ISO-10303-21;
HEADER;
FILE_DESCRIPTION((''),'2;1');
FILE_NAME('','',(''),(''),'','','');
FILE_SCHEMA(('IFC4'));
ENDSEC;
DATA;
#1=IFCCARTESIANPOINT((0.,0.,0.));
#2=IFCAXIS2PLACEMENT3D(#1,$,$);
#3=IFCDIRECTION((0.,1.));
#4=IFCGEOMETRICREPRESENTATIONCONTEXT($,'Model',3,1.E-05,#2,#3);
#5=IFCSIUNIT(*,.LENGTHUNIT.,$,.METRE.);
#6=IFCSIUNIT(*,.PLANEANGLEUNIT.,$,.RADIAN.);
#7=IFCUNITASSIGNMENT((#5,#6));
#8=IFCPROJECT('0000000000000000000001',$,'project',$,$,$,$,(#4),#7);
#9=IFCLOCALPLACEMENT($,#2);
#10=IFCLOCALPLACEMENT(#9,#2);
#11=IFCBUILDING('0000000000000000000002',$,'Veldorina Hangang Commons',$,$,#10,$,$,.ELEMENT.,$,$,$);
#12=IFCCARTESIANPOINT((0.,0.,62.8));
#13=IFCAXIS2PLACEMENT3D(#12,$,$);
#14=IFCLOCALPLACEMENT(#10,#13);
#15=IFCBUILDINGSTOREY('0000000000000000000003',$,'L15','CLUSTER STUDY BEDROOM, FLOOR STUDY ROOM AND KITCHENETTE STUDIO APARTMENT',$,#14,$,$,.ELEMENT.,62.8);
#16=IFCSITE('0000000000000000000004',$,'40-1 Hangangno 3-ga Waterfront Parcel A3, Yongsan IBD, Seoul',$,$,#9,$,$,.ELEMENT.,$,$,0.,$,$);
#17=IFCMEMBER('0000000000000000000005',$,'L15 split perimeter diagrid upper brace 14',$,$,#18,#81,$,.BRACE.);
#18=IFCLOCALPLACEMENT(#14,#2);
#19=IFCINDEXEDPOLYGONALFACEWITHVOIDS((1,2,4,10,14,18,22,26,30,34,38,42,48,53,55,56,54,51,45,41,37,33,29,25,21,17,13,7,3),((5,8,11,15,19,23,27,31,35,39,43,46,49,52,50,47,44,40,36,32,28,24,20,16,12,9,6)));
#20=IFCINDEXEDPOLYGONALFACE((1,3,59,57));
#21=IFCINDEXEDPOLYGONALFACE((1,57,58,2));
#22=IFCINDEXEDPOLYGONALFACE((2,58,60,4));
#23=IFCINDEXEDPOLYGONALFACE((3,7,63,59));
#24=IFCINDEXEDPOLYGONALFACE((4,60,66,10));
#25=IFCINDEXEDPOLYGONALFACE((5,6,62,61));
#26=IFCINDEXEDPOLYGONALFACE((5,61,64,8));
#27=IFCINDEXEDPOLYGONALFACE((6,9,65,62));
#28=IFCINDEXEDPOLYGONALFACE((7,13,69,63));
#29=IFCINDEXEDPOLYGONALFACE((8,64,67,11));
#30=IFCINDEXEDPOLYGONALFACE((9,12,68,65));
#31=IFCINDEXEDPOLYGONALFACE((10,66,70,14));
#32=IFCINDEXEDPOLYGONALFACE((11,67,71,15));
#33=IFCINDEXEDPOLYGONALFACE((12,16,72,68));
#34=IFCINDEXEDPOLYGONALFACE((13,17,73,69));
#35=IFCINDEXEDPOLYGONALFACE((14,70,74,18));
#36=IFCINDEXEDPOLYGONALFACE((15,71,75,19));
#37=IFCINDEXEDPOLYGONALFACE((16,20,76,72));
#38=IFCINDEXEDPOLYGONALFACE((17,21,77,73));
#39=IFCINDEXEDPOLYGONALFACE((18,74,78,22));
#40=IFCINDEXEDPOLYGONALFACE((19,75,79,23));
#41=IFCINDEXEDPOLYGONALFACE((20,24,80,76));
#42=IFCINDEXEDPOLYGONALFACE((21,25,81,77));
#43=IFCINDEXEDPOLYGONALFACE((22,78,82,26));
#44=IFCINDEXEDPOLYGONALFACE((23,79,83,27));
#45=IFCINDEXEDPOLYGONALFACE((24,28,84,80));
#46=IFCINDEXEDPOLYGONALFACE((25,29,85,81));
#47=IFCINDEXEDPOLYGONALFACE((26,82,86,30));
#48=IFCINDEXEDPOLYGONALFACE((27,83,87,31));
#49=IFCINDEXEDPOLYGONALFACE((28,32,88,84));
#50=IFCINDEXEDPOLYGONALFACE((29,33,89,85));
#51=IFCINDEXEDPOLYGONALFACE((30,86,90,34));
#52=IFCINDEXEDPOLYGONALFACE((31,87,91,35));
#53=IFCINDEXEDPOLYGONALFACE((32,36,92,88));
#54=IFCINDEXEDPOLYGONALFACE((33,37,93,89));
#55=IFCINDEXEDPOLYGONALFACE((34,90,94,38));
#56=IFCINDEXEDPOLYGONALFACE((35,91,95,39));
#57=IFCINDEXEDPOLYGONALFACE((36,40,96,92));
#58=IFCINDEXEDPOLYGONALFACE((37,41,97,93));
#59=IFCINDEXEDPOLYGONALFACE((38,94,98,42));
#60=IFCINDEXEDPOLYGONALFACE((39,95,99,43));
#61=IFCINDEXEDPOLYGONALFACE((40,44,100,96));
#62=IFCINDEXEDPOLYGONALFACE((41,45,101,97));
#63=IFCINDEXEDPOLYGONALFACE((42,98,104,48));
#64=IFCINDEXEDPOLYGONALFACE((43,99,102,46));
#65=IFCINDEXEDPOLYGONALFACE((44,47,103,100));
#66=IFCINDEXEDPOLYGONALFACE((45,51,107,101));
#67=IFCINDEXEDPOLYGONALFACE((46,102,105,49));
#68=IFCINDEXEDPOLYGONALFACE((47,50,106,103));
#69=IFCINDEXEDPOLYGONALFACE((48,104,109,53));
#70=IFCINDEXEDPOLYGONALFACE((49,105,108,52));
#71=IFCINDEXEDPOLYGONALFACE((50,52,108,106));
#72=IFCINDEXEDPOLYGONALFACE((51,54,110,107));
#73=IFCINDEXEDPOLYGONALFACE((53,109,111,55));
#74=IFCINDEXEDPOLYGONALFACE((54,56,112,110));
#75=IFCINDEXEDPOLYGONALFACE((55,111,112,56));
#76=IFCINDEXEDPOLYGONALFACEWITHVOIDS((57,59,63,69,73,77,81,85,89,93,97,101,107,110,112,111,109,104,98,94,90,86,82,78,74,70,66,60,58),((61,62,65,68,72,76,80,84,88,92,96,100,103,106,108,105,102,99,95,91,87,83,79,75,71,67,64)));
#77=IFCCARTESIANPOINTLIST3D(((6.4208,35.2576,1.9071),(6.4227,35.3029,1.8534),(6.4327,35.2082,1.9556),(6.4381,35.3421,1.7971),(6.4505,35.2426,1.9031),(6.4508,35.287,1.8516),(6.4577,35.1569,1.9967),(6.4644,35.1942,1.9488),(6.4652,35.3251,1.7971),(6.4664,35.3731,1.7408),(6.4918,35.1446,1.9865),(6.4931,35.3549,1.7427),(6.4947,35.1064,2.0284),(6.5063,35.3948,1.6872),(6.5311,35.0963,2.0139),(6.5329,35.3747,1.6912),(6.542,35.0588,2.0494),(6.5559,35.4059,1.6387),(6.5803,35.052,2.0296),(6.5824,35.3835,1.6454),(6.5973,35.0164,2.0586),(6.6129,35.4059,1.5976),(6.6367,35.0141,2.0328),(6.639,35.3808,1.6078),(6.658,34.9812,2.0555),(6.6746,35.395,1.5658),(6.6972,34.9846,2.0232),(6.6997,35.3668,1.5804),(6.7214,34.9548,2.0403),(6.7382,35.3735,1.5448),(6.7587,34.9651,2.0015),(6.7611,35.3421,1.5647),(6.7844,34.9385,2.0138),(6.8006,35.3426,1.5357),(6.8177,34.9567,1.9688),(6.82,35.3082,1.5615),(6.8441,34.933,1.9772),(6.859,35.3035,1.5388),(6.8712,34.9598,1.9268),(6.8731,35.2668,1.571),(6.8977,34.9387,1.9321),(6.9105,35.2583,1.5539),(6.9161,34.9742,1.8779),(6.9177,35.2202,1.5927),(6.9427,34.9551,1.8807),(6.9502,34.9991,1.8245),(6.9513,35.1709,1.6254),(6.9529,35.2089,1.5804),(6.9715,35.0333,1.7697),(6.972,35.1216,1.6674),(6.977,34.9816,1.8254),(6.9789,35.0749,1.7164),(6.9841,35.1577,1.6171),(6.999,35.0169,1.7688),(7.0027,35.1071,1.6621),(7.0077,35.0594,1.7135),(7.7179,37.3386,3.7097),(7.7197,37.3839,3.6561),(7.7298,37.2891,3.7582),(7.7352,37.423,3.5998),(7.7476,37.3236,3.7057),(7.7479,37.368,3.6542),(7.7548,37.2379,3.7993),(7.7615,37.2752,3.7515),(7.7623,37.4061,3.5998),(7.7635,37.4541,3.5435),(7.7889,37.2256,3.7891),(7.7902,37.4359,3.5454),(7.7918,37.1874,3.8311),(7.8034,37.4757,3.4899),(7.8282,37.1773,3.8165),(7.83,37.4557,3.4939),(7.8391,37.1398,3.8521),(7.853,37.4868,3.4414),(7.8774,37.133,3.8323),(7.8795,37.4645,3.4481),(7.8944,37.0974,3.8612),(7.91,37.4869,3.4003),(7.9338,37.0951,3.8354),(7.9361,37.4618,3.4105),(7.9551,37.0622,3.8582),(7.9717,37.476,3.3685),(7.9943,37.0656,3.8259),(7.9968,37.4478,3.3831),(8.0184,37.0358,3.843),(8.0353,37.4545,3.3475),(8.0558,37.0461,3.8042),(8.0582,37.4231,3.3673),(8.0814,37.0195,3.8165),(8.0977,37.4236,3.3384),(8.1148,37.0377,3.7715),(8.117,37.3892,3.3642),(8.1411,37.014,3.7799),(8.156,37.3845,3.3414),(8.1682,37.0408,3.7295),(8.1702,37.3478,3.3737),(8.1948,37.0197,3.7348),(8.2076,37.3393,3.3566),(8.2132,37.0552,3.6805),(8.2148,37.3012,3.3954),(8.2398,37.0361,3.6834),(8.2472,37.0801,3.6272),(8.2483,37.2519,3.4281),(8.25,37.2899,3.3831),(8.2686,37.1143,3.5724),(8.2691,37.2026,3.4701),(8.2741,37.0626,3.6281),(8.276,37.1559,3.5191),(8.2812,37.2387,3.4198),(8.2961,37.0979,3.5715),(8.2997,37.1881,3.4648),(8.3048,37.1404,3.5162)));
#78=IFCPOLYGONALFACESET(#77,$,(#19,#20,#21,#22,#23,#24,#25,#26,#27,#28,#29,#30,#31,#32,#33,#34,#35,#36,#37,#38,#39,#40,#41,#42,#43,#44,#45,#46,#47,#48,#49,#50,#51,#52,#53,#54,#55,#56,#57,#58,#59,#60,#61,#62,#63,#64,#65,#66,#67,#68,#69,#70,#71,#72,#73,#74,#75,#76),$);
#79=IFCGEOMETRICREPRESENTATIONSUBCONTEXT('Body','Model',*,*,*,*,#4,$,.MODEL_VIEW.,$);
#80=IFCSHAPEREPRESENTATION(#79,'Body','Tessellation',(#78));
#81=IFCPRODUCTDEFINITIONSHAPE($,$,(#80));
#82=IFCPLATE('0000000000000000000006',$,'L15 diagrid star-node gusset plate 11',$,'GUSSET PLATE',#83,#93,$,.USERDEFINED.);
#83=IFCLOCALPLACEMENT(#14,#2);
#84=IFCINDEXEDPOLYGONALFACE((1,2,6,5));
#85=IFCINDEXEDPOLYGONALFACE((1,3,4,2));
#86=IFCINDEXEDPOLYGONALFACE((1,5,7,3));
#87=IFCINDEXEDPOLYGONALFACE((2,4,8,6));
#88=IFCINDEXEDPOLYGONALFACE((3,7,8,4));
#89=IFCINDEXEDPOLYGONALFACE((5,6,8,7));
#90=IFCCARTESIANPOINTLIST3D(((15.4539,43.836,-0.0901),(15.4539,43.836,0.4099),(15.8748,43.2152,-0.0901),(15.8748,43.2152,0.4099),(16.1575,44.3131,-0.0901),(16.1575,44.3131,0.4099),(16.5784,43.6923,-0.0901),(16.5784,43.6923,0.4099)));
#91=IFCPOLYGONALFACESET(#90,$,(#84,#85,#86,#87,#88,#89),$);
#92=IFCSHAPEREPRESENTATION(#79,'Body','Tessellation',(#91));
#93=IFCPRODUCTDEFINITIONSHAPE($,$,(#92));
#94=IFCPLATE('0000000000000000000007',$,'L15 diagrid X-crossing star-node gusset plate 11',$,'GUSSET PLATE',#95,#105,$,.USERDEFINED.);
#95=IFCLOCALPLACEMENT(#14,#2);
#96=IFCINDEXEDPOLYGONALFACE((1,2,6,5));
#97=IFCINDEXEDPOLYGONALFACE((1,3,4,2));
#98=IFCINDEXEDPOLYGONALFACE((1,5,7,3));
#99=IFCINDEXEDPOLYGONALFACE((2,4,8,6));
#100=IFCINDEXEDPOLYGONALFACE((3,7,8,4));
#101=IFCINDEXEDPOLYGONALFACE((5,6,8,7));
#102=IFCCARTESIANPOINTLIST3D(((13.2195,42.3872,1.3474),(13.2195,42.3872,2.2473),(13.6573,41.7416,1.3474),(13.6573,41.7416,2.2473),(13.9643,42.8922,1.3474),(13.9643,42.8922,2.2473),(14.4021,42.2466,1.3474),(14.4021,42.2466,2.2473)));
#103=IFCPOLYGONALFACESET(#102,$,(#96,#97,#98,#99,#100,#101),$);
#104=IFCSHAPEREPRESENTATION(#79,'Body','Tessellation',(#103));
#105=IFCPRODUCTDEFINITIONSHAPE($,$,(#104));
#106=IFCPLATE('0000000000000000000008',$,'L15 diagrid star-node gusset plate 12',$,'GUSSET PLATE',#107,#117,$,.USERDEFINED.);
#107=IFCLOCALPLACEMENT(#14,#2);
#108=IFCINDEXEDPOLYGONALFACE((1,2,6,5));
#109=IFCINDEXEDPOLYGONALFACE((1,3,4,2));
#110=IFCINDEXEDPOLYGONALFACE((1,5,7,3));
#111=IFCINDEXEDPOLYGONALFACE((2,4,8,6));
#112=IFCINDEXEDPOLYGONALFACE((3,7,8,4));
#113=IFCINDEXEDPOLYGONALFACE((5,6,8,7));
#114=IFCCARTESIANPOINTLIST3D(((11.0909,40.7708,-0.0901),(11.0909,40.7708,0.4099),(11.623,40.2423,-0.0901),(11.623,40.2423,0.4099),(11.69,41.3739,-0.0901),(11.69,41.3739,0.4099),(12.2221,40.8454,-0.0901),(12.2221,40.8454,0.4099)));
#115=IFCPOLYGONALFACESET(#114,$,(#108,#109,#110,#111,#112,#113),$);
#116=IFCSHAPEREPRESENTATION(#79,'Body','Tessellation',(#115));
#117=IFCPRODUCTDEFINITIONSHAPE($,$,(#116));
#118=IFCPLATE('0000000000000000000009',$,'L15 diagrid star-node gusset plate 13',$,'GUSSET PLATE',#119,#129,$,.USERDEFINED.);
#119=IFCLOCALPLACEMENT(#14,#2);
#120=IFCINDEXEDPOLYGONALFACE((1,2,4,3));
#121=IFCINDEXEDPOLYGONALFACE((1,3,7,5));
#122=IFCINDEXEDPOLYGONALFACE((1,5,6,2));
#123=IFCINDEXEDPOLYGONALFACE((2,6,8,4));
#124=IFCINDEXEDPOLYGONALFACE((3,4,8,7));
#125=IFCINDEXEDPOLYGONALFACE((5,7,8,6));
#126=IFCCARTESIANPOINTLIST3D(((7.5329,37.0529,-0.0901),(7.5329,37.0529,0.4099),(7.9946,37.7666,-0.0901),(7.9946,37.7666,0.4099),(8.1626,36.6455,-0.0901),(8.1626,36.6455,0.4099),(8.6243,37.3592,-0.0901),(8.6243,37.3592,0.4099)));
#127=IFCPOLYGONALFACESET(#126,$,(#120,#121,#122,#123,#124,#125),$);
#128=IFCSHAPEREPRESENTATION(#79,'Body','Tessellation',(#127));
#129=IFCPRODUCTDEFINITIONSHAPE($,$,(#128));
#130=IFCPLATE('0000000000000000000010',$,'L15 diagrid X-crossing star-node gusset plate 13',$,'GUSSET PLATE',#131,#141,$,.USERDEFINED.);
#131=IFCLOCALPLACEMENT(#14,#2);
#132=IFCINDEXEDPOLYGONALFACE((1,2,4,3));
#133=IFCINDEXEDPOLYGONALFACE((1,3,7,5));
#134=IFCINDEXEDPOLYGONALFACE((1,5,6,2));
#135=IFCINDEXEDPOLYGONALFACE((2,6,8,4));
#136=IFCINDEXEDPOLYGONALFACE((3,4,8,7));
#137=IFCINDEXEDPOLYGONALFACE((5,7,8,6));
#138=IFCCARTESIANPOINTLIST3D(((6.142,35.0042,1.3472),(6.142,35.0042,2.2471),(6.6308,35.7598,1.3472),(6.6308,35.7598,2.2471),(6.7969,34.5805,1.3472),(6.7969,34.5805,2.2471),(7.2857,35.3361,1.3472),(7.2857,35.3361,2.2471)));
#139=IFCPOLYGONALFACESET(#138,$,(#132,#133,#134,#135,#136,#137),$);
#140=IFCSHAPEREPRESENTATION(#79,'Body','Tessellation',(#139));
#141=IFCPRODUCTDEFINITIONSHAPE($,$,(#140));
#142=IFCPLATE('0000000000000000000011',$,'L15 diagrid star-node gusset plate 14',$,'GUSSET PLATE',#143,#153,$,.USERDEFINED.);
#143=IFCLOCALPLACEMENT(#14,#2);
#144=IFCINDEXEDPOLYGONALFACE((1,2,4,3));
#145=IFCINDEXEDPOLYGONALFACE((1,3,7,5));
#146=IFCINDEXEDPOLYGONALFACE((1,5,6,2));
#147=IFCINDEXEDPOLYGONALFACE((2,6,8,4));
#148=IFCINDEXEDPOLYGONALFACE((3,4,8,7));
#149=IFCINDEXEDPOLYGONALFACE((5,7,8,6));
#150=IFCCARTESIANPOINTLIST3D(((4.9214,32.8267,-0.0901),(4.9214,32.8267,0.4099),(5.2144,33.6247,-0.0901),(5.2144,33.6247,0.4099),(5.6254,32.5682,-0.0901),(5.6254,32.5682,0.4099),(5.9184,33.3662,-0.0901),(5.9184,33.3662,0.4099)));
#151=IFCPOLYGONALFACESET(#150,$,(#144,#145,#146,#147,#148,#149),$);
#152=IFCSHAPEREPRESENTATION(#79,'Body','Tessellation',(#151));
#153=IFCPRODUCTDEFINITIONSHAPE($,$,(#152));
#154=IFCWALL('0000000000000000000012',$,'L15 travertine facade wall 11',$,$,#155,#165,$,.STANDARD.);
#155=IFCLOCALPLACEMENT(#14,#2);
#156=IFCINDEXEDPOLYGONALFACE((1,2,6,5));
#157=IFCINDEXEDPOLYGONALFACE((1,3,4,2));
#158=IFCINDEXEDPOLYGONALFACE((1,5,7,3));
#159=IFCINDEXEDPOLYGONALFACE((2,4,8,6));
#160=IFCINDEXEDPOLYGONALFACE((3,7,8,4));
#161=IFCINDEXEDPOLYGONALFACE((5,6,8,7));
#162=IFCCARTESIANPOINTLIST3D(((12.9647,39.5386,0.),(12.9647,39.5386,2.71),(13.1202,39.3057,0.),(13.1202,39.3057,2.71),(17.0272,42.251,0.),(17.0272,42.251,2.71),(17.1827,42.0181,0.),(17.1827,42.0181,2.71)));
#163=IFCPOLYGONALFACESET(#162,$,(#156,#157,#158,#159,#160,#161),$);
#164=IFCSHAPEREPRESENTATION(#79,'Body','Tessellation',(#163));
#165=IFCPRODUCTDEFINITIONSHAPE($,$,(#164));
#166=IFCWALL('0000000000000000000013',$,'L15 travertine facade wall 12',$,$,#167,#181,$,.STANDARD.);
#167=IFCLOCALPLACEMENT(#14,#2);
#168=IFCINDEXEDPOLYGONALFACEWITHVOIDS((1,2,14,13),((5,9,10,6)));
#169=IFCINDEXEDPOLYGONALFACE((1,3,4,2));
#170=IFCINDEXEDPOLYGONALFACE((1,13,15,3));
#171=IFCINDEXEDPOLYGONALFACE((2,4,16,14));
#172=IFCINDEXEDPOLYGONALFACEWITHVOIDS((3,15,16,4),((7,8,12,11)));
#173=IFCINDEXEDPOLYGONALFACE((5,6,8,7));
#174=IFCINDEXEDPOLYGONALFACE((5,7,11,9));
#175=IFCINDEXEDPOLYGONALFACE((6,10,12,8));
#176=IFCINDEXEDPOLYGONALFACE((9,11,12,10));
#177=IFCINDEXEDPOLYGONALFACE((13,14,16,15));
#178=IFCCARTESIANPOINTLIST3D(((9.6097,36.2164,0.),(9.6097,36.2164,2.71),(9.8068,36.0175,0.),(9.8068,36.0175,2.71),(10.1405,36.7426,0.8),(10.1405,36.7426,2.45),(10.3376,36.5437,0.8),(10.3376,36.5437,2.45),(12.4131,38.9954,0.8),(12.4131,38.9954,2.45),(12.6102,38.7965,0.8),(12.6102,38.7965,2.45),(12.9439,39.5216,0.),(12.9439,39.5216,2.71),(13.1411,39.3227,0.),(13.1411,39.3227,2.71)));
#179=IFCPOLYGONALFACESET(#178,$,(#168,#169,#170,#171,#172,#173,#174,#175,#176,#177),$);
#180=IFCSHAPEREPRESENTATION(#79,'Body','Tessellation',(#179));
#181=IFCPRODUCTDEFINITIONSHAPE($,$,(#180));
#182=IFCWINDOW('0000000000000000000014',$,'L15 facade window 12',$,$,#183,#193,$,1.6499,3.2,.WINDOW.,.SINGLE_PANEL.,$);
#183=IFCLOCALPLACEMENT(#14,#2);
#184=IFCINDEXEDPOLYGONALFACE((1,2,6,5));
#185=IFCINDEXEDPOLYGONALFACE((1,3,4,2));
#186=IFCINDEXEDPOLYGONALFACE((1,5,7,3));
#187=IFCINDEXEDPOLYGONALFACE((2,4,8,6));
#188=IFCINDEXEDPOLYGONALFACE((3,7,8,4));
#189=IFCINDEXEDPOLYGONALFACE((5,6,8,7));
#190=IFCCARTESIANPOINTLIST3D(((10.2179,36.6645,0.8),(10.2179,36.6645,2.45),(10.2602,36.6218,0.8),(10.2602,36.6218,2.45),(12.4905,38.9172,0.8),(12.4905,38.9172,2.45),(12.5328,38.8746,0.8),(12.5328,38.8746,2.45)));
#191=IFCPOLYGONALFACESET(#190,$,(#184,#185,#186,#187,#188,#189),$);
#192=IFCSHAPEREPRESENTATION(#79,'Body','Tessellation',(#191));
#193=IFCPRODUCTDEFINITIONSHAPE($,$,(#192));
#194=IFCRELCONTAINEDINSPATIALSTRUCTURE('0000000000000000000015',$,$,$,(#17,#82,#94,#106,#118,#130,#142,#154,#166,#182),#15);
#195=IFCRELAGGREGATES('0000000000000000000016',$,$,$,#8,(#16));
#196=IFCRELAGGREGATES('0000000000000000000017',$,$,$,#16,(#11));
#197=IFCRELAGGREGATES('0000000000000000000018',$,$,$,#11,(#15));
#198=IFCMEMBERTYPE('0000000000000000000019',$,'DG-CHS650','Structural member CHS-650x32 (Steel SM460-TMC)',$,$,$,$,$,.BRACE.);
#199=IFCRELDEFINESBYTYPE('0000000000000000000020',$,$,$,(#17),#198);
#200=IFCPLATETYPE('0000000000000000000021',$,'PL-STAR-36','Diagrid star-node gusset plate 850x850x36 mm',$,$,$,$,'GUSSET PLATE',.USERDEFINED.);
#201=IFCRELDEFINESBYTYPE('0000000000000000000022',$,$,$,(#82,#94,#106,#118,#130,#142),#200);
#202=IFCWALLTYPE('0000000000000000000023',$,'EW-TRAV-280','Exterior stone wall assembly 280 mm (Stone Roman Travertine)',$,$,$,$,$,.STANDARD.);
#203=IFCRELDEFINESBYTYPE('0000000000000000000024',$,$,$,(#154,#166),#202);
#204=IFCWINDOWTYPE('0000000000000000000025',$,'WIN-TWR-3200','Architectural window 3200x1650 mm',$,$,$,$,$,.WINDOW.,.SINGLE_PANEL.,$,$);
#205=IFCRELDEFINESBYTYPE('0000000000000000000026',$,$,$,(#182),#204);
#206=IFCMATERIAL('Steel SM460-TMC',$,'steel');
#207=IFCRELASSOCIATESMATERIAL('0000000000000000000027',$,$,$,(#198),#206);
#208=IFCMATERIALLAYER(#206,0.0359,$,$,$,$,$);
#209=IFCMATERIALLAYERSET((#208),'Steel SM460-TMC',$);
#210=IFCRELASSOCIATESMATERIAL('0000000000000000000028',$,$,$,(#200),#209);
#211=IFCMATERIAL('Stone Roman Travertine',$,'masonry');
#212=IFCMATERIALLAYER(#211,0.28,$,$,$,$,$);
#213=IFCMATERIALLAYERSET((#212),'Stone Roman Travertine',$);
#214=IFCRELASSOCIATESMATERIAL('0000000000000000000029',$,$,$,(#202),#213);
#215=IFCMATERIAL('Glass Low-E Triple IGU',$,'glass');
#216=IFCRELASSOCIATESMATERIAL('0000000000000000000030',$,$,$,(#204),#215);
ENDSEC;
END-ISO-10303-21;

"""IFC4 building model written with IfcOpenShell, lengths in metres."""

from ifc_helpers import new_model, si_unit, direction, frame, frame_2d, origin, origin_2d, place, context, subcontext, project, spatial, rectangle, hollow_circle, extrude, material, layer, layer_set, material_profile, profile_set, type_object, element, fill, save


model = new_model("IFC4")

# Units and contexts
model_context = context("Model", 3, precision=1e-05, world=origin(), true_north=direction((0.0, 1.0)))
body_context = subcontext(model_context, "Body", "Model", "MODEL_VIEW")
ifc_project = project(units=[si_unit("LENGTHUNIT", "METRE"), si_unit("PLANEANGLEUNIT", "RADIAN")], contexts=[model_context])

# Site, building, storey
site_placement = place(None, origin())
site = spatial("IfcSite", under=ifc_project, at=site_placement, Name="40-1 Hangangno 3-ga Waterfront Parcel A3, Yongsan IBD, Seoul", CompositionType="ELEMENT", RefElevation=0.0)
building_placement = place(site_placement, origin())
building = spatial("IfcBuilding", under=site, at=building_placement, Name="Veldorina Hangang Commons", CompositionType="ELEMENT")
storey_placement = place(building_placement, frame((0.0, 0.0, 62.8)))
storey = spatial("IfcBuildingStorey", under=building, at=storey_placement, Name="L15", Description="CLUSTER STUDY BEDROOM, FLOOR STUDY ROOM AND KITCHENETTE STUDIO APARTMENT", CompositionType="ELEMENT", Elevation=62.8)

# Member
ifc_material_1 = material(Name="Steel SM460-TMC", Category="steel")
ifc_material_profile_1 = material_profile(ifc_material_1, hollow_circle(Radius=0.325, WallThickness=0.032, at=origin_2d()), Name="CHS-650x32")
ifc_profile_set_1 = profile_set([ifc_material_profile_1], Name="Steel SM460-TMC")
member_type = type_object("IfcMemberType", Name="DG-CHS650", Description="Structural member CHS-650x32 (Steel SM460-TMC)", PredefinedType="BRACE", material=ifc_profile_set_1)
member_1_placement = place(storey_placement, frame((6.7139, 35.1702, 1.7971), z_axis=(0.426187, 0.68376, 0.592314), x_axis=(-0.848646, 0.52896, 0.0)))
element("IfcMember", 1, at=member_1_placement, inside=storey, type_object=member_type, Name="L15 split perimeter diagrid upper brace 14", PredefinedType="BRACE", context=body_context, shape_type="SweptSolid", body=[
    extrude(hollow_circle(Radius=0.325, WallThickness=0.032, at=origin_2d()), origin(), (0.0, 0.0, 1.0), 3.0435),
])

# Plates
ifc_layer_1 = layer(ifc_material_1, 0.0359)
ifc_layer_set_1 = layer_set([ifc_layer_1], Name="Steel SM460-TMC")
plate_type = type_object("IfcPlateType", Name="PL-STAR-36", Description="Diagrid star-node gusset plate 850x850x36 mm", ElementType="GUSSET PLATE", PredefinedType="USERDEFINED", material=ifc_layer_set_1)
plate_1_placement = place(storey_placement, frame((16.0161, 43.7642, -0.0901), z_axis=(0.0, 0.0, 1.0), x_axis=(-0.827679, -0.561203, 0.0)))
element("IfcPlate", 2, at=plate_1_placement, inside=storey, type_object=plate_type, Name="L15 diagrid star-node gusset plate 11", ObjectType="GUSSET PLATE", PredefinedType="USERDEFINED", context=body_context, shape_type="SweptSolid", body=[
    extrude(rectangle(XDim=0.8501, YDim=0.75, at=origin_2d()), origin(), (0.0, 0.0, 1.0), 0.5),
])
plate_2_placement = place(storey_placement, frame((13.8108, 42.3169, 1.3474), z_axis=(0.0, 0.0, 1.0), x_axis=(-0.827679, -0.561203, 0.0)))
element("IfcPlate", 3, at=plate_2_placement, inside=storey, type_object=plate_type, Name="L15 diagrid X-crossing star-node gusset plate 11", ObjectType="GUSSET PLATE", PredefinedType="USERDEFINED", context=body_context, shape_type="SweptSolid", body=[
    extrude(rectangle(XDim=0.8999, YDim=0.78, at=origin_2d()), origin(), (0.0, 0.0, 1.0), 0.8999),
])
for number, where, z_axis, x_axis, name in (
    (4, (11.6565, 40.8081, -0.0901), (0.0, 0.0, 1.0), (-0.704733, -0.709472, 0.0), "L15 diagrid star-node gusset plate 12"),
    (5, (8.0786, 37.2061, -0.0901), (0.0, 0.0, 1.0), (-0.543174, -0.83962, 0.0), "L15 diagrid star-node gusset plate 13"),
):
    element("IfcPlate", number, at=place(storey_placement, frame(where, z_axis=z_axis, x_axis=x_axis)), inside=storey, type_object=plate_type, Name=name, ObjectType="GUSSET PLATE", PredefinedType="USERDEFINED", context=body_context, shape_type="SweptSolid", body=[
        extrude(rectangle(XDim=0.8501, YDim=0.75, at=origin_2d()), origin(), (0.0, 0.0, 1.0), 0.5),
    ])
plate_3_placement = place(storey_placement, frame((6.7139, 35.1702, 1.3472), z_axis=(0.0, 0.0, 1.0), x_axis=(-0.543174, -0.83962, 0.0)))
element("IfcPlate", 6, at=plate_3_placement, inside=storey, type_object=plate_type, Name="L15 diagrid X-crossing star-node gusset plate 13", ObjectType="GUSSET PLATE", PredefinedType="USERDEFINED", context=body_context, shape_type="SweptSolid", body=[
    extrude(rectangle(XDim=0.8999, YDim=0.78, at=origin_2d()), origin(), (0.0, 0.0, 1.0), 0.8999),
])
plate_4_placement = place(storey_placement, frame((5.4199, 33.0964, -0.0901), z_axis=(0.0, 0.0, 1.0), x_axis=(-0.344659, -0.938728, 0.0)))
element("IfcPlate", 7, at=plate_4_placement, inside=storey, type_object=plate_type, Name="L15 diagrid star-node gusset plate 14", ObjectType="GUSSET PLATE", PredefinedType="USERDEFINED", context=body_context, shape_type="SweptSolid", body=[
    extrude(rectangle(XDim=0.8501, YDim=0.75, at=origin_2d()), origin(), (0.0, 0.0, 1.0), 0.5),
])

# Wall
ifc_material_2 = material(Name="Stone Roman Travertine", Category="masonry")
ifc_layer_2 = layer(ifc_material_2, 0.28)
ifc_layer_set_2 = layer_set([ifc_layer_2], Name="Stone Roman Travertine")
wall_type_1 = type_object("IfcWallType", Name="EW-TRAV-280", Description="Exterior stone wall assembly 280 mm (Stone Roman Travertine)", PredefinedType="STANDARD", material=ifc_layer_set_2)
wall_1_placement = place(storey_placement, frame((17.105, 42.1345, 0.0), z_axis=(0.0, 0.0, 1.0), x_axis=(-0.831666, -0.555277, 0.0)))
element("IfcWall", 8, at=wall_1_placement, inside=storey, type_object=wall_type_1, Name="L15 travertine facade wall 11", PredefinedType="STANDARD", context=body_context, shape_type="SweptSolid", body=[
    extrude(rectangle(XDim=4.8848, YDim=0.28, at=frame_2d((2.4424, 0.0))), origin(), (0.0, 0.0, 1.0), 2.71),
])

# Wall, opening, window
wall_2_placement = place(storey_placement, frame((13.0425, 39.4221, 0.0), z_axis=(0.0, 0.0, 1.0), x_axis=(-0.710194, -0.704006, 0.0)))
wall_2 = element("IfcWall", 9, at=wall_2_placement, inside=storey, type_object=wall_type_1, Name="L15 travertine facade wall 12", PredefinedType="STANDARD", context=body_context, shape_type="SweptSolid", body=[
    extrude(rectangle(XDim=4.6948, YDim=0.28, at=frame_2d((2.3474, 0.0))), origin(), (0.0, 0.0, 1.0), 2.71),
])
opening_placement = place(wall_2_placement, frame((0.7473, 0.0, 0.8)))
opening = element("IfcOpeningElement", 10, at=opening_placement, cuts=wall_2, PredefinedType="OPENING", context=body_context, shape_type="SweptSolid", body=[
    extrude(rectangle(XDim=3.2, YDim=1.6499, at=frame_2d((1.6001, 0.825))), frame((0.0, 0.1499, 0.0), z_axis=(0.0, -1.0, 0.0), x_axis=(1.0, 0.0, 0.0)), (0.0, 0.0, 1.0), 0.3),
])
ifc_material_3 = material(Name="Glass Low-E Triple IGU", Category="glass")
window_type = type_object("IfcWindowType", Name="WIN-TWR-3200", Description="Architectural window 3200x1650 mm", PartitioningType="SINGLE_PANEL", PredefinedType="WINDOW", material=ifc_material_3)
window_placement = place(opening_placement, origin())
window = element("IfcWindow", 11, at=window_placement, inside=storey, type_object=window_type, Name="L15 facade window 12", OverallHeight=1.6499, OverallWidth=3.2, PartitioningType="SINGLE_PANEL", PredefinedType="WINDOW", context=body_context, shape_type="SweptSolid", body=[
    extrude(rectangle(XDim=3.2, YDim=1.6499, at=frame_2d((1.6001, 0.825))), frame((0.0, 0.03, 0.0), z_axis=(0.0, -1.0, 0.0), x_axis=(1.0, 0.0, 0.0)), (0.0, 0.0, 1.0), 0.0601),
])
fill(opening, window)

save(model, "model.ifc")
